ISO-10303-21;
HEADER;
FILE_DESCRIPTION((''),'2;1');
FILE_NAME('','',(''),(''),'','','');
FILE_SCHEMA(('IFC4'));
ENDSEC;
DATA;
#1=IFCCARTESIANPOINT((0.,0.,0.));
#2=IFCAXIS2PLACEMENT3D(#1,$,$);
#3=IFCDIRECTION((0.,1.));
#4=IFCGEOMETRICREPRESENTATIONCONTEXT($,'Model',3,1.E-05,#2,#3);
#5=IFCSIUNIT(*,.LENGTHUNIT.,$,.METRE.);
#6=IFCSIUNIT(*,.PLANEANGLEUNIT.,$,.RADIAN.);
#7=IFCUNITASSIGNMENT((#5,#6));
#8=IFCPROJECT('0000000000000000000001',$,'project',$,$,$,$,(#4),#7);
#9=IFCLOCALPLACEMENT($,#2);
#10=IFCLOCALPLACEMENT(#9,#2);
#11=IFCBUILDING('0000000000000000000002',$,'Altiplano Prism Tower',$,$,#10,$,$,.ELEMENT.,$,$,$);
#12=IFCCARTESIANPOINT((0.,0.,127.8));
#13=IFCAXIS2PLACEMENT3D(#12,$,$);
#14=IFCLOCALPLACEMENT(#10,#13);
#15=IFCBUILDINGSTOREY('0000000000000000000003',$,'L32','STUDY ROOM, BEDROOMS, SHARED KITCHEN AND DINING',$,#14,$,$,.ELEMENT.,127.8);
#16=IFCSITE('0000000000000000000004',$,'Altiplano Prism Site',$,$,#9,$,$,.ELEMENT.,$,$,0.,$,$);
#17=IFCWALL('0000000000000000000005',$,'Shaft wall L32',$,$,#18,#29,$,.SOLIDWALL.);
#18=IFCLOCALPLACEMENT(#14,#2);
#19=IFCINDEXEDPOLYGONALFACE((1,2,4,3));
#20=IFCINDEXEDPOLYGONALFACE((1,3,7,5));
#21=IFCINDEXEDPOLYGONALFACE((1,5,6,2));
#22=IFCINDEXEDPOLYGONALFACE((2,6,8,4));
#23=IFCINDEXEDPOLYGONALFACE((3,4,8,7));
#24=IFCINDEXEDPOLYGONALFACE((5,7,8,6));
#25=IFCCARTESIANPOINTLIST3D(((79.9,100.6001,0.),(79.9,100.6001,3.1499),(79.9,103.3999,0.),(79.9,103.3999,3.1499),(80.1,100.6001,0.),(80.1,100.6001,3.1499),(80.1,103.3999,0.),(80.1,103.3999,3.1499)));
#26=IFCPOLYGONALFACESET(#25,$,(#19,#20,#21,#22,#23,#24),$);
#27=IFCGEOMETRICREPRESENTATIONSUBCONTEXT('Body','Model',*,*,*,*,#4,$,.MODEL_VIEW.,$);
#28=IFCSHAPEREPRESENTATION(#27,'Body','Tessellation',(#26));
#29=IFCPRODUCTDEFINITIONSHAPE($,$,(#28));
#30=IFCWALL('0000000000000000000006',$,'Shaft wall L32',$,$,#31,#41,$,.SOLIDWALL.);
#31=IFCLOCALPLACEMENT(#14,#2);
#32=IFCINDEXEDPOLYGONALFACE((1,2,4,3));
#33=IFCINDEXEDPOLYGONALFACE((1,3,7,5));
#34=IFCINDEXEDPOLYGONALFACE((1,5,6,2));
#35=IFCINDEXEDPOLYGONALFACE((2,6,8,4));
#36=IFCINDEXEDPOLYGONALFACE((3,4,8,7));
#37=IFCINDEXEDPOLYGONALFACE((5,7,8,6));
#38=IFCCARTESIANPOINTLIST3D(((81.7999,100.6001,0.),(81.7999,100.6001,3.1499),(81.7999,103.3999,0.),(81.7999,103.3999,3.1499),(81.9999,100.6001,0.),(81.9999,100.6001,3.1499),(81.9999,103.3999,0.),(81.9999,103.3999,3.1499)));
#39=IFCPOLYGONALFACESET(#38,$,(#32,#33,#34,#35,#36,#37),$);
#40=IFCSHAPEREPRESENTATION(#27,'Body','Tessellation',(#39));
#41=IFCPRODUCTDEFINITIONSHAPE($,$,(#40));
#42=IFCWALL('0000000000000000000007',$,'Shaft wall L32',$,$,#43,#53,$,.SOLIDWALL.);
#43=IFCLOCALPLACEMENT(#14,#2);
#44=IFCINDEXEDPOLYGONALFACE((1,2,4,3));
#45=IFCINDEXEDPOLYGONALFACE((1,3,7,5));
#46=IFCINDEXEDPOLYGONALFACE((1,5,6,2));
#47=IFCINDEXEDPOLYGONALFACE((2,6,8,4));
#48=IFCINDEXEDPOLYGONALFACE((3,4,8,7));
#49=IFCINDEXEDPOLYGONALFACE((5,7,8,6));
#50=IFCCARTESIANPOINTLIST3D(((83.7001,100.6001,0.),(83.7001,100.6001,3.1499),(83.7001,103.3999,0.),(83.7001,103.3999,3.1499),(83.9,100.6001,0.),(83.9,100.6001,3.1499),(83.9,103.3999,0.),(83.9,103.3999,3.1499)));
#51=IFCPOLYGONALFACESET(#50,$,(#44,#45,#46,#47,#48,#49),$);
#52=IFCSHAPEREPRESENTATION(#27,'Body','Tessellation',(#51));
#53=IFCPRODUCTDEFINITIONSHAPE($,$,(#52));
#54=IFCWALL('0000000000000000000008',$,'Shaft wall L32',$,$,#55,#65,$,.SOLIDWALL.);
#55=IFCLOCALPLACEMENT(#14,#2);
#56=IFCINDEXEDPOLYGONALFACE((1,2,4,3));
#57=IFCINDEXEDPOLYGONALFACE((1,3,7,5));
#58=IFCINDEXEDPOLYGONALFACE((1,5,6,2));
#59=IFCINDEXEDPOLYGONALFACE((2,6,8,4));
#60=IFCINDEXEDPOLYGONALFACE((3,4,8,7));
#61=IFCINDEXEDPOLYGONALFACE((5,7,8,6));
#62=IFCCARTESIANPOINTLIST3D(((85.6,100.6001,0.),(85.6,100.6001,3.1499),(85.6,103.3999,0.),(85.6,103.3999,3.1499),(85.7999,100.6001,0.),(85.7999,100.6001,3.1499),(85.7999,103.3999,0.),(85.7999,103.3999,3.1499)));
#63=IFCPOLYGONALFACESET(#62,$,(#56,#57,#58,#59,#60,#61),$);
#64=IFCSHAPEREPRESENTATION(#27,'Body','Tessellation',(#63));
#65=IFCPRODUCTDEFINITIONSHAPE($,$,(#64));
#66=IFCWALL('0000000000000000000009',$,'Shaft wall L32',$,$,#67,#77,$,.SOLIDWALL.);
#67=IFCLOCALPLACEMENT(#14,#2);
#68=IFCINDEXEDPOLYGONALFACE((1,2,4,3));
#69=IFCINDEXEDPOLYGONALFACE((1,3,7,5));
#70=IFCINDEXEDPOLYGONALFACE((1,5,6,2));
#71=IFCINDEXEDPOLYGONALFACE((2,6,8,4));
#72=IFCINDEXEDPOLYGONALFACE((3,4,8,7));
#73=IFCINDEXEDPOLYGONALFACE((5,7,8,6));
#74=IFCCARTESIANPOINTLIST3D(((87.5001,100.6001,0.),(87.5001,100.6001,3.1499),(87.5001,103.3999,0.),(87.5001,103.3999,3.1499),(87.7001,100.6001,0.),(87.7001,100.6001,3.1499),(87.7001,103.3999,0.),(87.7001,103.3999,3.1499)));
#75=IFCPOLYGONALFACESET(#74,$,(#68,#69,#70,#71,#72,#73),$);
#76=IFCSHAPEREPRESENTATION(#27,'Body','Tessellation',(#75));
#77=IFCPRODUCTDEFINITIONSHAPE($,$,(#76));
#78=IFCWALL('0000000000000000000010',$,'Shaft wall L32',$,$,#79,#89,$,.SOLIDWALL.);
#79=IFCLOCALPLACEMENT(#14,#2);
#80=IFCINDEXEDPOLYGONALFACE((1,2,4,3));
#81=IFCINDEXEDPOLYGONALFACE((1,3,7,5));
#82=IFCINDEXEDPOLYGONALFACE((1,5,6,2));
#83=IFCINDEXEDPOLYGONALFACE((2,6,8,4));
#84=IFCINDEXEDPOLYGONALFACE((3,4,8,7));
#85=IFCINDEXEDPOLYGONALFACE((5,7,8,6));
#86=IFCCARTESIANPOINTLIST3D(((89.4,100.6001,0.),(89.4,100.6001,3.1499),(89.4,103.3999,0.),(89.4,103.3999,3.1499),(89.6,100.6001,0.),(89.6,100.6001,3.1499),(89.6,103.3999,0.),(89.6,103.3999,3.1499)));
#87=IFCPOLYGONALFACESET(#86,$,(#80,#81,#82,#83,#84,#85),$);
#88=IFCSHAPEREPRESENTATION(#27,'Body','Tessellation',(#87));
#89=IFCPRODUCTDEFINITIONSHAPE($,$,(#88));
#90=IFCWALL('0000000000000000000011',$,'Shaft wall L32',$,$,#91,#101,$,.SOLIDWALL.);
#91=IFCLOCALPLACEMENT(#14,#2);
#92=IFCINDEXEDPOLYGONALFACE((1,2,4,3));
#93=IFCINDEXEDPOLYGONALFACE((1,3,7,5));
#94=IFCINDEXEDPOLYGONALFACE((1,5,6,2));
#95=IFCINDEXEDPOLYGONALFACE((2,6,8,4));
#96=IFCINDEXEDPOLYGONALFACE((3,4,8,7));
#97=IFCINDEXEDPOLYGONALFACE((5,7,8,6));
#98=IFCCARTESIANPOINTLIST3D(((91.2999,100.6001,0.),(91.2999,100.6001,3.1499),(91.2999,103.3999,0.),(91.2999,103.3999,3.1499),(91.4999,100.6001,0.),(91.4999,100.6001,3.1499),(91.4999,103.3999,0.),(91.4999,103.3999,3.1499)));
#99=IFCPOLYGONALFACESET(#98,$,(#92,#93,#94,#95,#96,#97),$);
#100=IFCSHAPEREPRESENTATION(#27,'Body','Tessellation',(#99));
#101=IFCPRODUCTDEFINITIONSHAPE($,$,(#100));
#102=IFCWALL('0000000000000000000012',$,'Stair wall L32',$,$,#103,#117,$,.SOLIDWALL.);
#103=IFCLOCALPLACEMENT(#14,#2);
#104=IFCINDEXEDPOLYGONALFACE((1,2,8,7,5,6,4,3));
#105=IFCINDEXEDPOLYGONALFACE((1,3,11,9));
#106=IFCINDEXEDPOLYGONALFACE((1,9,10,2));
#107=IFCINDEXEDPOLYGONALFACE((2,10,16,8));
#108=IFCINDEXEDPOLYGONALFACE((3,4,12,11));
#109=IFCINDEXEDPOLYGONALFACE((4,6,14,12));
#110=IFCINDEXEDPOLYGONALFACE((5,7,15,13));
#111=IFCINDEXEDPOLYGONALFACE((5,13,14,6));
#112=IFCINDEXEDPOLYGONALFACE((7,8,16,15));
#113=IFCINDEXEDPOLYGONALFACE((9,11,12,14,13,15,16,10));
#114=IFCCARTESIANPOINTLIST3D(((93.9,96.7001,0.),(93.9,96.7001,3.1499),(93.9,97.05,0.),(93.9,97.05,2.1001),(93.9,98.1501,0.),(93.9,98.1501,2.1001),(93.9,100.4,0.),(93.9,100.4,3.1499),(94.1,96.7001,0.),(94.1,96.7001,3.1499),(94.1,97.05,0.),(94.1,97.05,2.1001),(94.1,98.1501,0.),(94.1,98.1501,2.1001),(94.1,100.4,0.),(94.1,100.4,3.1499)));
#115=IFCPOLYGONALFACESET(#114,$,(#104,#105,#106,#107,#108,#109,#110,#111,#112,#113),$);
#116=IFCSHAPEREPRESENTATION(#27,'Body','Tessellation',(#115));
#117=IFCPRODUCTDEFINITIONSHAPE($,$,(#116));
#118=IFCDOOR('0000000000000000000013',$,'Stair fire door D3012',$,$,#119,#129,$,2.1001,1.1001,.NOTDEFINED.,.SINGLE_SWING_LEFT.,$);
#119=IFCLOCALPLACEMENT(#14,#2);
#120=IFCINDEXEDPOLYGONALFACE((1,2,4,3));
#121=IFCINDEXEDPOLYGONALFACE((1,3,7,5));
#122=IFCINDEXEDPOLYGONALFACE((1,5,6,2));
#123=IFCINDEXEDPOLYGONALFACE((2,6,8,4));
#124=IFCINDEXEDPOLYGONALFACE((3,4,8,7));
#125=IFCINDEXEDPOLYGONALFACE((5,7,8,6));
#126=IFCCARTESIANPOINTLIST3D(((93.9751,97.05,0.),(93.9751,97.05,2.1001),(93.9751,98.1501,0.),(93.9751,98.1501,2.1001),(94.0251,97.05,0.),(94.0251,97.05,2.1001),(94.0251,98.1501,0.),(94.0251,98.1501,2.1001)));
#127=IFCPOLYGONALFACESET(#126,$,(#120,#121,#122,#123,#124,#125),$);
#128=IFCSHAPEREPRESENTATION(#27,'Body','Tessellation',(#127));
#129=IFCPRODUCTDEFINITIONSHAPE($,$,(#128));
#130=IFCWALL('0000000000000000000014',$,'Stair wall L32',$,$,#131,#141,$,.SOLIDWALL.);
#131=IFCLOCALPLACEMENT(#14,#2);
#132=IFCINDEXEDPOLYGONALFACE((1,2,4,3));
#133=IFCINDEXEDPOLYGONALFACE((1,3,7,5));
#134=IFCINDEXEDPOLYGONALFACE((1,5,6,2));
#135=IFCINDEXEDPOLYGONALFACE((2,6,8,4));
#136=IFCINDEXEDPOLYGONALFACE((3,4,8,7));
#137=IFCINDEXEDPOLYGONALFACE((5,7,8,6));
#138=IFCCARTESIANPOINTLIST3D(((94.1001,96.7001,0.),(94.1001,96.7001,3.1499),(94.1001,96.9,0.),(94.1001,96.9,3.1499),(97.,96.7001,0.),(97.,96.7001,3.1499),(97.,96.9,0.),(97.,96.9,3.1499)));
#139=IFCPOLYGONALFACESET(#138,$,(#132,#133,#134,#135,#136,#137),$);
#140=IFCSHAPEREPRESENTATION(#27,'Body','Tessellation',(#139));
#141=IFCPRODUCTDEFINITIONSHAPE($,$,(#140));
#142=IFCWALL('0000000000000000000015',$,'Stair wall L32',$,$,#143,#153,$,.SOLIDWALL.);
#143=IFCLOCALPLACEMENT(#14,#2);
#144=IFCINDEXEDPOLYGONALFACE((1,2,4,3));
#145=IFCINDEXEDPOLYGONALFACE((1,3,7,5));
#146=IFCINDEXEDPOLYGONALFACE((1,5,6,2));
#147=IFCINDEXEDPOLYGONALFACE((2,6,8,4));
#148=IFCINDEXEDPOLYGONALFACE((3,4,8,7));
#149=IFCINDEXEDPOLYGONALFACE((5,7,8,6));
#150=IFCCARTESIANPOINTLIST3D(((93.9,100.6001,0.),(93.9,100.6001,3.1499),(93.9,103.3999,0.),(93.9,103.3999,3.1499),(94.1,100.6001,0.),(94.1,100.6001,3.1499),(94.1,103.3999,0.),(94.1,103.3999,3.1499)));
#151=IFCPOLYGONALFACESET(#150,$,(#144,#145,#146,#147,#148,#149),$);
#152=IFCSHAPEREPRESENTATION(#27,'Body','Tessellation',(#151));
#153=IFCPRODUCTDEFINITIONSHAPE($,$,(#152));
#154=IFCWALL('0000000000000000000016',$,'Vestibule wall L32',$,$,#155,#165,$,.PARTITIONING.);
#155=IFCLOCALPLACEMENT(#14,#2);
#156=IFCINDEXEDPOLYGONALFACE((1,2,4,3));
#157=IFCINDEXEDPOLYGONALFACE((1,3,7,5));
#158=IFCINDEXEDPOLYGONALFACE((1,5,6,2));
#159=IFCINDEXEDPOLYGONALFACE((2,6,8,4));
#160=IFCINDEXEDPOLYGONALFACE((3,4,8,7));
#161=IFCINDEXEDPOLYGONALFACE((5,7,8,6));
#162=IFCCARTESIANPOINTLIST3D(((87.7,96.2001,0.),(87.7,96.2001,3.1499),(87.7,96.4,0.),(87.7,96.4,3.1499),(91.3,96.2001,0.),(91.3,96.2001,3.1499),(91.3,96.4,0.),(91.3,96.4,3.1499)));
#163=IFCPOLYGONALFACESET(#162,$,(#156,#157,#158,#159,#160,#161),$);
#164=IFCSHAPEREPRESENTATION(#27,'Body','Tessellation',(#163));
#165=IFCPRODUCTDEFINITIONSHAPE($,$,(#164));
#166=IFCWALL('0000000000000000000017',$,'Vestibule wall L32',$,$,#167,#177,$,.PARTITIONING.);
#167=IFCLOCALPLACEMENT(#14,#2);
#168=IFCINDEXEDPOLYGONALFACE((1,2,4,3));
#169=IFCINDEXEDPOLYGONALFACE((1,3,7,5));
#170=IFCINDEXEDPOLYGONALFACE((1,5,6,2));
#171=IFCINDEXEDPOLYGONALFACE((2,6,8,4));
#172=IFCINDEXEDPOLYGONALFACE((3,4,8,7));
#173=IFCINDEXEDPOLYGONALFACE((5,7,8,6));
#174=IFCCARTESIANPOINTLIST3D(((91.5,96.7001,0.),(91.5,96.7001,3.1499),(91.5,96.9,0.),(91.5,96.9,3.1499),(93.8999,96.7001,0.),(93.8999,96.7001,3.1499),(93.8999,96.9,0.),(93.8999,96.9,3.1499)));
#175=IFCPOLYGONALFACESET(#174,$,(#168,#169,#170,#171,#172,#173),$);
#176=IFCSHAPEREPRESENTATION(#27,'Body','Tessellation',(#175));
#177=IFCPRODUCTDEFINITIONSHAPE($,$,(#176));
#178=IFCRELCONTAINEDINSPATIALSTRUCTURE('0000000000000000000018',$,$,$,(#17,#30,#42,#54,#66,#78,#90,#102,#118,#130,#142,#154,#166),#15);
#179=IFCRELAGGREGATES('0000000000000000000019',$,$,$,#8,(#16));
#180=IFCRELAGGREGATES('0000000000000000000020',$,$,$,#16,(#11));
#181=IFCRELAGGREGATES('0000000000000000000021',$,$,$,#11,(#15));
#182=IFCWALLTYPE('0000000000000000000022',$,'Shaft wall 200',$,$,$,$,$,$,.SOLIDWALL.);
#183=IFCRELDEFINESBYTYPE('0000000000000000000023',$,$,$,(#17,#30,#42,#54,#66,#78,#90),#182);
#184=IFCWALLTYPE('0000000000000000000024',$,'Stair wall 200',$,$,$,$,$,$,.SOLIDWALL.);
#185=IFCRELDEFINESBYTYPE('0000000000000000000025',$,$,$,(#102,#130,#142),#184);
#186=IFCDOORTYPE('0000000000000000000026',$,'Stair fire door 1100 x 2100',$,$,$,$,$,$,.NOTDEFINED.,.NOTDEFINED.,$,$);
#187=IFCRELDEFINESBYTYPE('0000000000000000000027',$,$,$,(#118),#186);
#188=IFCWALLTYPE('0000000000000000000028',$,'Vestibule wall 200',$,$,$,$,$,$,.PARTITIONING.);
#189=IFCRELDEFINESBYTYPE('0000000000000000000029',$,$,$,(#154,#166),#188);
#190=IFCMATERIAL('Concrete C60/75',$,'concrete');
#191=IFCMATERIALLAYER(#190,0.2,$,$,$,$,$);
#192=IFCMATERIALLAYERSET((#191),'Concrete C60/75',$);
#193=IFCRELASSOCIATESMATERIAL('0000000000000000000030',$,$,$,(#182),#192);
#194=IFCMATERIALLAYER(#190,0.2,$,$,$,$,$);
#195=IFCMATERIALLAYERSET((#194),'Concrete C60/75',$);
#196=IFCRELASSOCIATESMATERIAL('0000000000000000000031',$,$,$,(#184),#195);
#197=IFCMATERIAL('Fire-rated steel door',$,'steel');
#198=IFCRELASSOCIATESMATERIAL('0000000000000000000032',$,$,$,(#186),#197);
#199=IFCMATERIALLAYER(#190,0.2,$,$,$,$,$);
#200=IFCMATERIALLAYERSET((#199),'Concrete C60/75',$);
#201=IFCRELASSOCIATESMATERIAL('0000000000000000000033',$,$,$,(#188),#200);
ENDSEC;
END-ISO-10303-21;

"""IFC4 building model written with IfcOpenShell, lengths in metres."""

from ifc_helpers import new_model, si_unit, direction, frame, frame_2d, origin, place, context, subcontext, project, spatial, rectangle, extrude, material, layer, layer_set, type_object, element, fill, save


model = new_model("IFC4")

# Units and contexts
model_context = context("Model", 3, precision=1e-05, world=origin(), true_north=direction((0.0, 1.0)))
body_context = subcontext(model_context, "Body", "Model", "MODEL_VIEW")
ifc_project = project(units=[si_unit("LENGTHUNIT", "METRE"), si_unit("PLANEANGLEUNIT", "RADIAN")], contexts=[model_context])

# Site, building, storey
site_placement = place(None, origin())
site = spatial("IfcSite", under=ifc_project, at=site_placement, Name="Altiplano Prism Site", CompositionType="ELEMENT", RefElevation=0.0)
building_placement = place(site_placement, origin())
building = spatial("IfcBuilding", under=site, at=building_placement, Name="Altiplano Prism Tower", CompositionType="ELEMENT")
storey_placement = place(building_placement, frame((0.0, 0.0, 127.8)))
storey = spatial("IfcBuildingStorey", under=building, at=storey_placement, Name="L32", Description="STUDY ROOM, BEDROOMS, SHARED KITCHEN AND DINING", CompositionType="ELEMENT", Elevation=127.8)

# Walls
ifc_material_1 = material(Name="Concrete C60/75", Category="concrete")
ifc_layer_1 = layer(ifc_material_1, 0.2)
ifc_layer_set_1 = layer_set([ifc_layer_1], Name="Concrete C60/75")
wall_type_1 = type_object("IfcWallType", Name="Shaft wall 200", PredefinedType="SOLIDWALL", material=ifc_layer_set_1)
for number, where, z_axis, x_axis, name in (
    (1, (80.0, 100.6001, 0.0), (0.0, 0.0, 1.0), (0.0, 1.0, 0.0), "Shaft wall L32"),
    (2, (81.8999, 100.6001, 0.0), (0.0, 0.0, 1.0), (0.0, 1.0, 0.0), "Shaft wall L32"),
    (3, (83.8, 100.6001, 0.0), (0.0, 0.0, 1.0), (0.0, 1.0, 0.0), "Shaft wall L32"),
    (4, (85.7, 100.6001, 0.0), (0.0, 0.0, 1.0), (0.0, 1.0, 0.0), "Shaft wall L32"),
    (5, (87.6001, 100.6001, 0.0), (0.0, 0.0, 1.0), (0.0, 1.0, 0.0), "Shaft wall L32"),
    (6, (89.5, 100.6001, 0.0), (0.0, 0.0, 1.0), (0.0, 1.0, 0.0), "Shaft wall L32"),
    (7, (91.3999, 100.6001, 0.0), (0.0, 0.0, 1.0), (0.0, 1.0, 0.0), "Shaft wall L32"),
):
    element("IfcWall", number, at=place(storey_placement, frame(where, z_axis=z_axis, x_axis=x_axis)), inside=storey, type_object=wall_type_1, Name=name, PredefinedType="SOLIDWALL", context=body_context, shape_type="SweptSolid", body=[
        extrude(rectangle(XDim=2.7998, YDim=0.2, at=frame_2d((1.3999, 0.0))), origin(), (0.0, 0.0, 1.0), 3.1499),
    ])

# Wall, opening, door
ifc_layer_2 = layer(ifc_material_1, 0.2)
ifc_layer_set_2 = layer_set([ifc_layer_2], Name="Concrete C60/75")
wall_type_2 = type_object("IfcWallType", Name="Stair wall 200", PredefinedType="SOLIDWALL", material=ifc_layer_set_2)
wall_1_placement = place(storey_placement, frame((94.0, 96.7, 0.0), z_axis=(0.0, 0.0, 1.0), x_axis=(0.0, 1.0, 0.0)))
wall_1 = element("IfcWall", 8, at=wall_1_placement, inside=storey, type_object=wall_type_2, Name="Stair wall L32", PredefinedType="SOLIDWALL", context=body_context, shape_type="SweptSolid", body=[
    extrude(rectangle(XDim=3.7, YDim=0.2, at=frame_2d((1.8501, 0.0))), origin(), (0.0, 0.0, 1.0), 3.1499),
])
opening_placement = place(wall_1_placement, frame((0.3501, 0.0, 0.0)))
opening = element("IfcOpeningElement", 9, at=opening_placement, cuts=wall_1, PredefinedType="OPENING", context=body_context, shape_type="SweptSolid", body=[
    extrude(rectangle(XDim=1.1001, YDim=2.1001, at=frame_2d((0.55, 1.05))), frame((0.0, 0.1104, 0.0), z_axis=(0.0, -1.0, 0.0), x_axis=(1.0, 0.0, 0.0)), (0.0, 0.0, 1.0), 0.2209),
])
ifc_material_2 = material(Name="Fire-rated steel door", Category="steel")
door_type = type_object("IfcDoorType", Name="Stair fire door 1100 x 2100", OperationType="NOTDEFINED", PredefinedType="NOTDEFINED", material=ifc_material_2)
door_placement = place(opening_placement, origin())
door = element("IfcDoor", 10, at=door_placement, inside=storey, type_object=door_type, Name="Stair fire door D3012", OperationType="SINGLE_SWING_LEFT", OverallHeight=2.1001, OverallWidth=1.1001, PredefinedType="NOTDEFINED", context=body_context, shape_type="SweptSolid", body=[
    extrude(rectangle(XDim=1.1001, YDim=2.1001, at=frame_2d((0.55, 1.05))), frame((0.0, 0.0249, 0.0), z_axis=(0.0, -1.0, 0.0), x_axis=(1.0, 0.0, 0.0)), (0.0, 0.0, 1.0), 0.05),
])
fill(opening, door)

# Walls
wall_2_placement = place(storey_placement, frame((94.1001, 96.8, 0.0), z_axis=(0.0, 0.0, 1.0), x_axis=(1.0, 0.0, 0.0)))
element("IfcWall", 11, at=wall_2_placement, inside=storey, type_object=wall_type_2, Name="Stair wall L32", PredefinedType="SOLIDWALL", context=body_context, shape_type="SweptSolid", body=[
    extrude(rectangle(XDim=2.8999, YDim=0.2, at=frame_2d((1.45, 0.0))), origin(), (0.0, 0.0, 1.0), 3.1499),
])
wall_3_placement = place(storey_placement, frame((94.0, 100.6001, 0.0), z_axis=(0.0, 0.0, 1.0), x_axis=(0.0, 1.0, 0.0)))
element("IfcWall", 12, at=wall_3_placement, inside=storey, type_object=wall_type_2, Name="Stair wall L32", PredefinedType="SOLIDWALL", context=body_context, shape_type="SweptSolid", body=[
    extrude(rectangle(XDim=2.7998, YDim=0.2, at=frame_2d((1.3999, 0.0))), origin(), (0.0, 0.0, 1.0), 3.1499),
])
ifc_layer_3 = layer(ifc_material_1, 0.2)
ifc_layer_set_3 = layer_set([ifc_layer_3], Name="Concrete C60/75")
wall_type_3 = type_object("IfcWallType", Name="Vestibule wall 200", PredefinedType="PARTITIONING", material=ifc_layer_set_3)
wall_4_placement = place(storey_placement, frame((87.7, 96.3, 0.0), z_axis=(0.0, 0.0, 1.0), x_axis=(1.0, 0.0, 0.0)))
element("IfcWall", 13, at=wall_4_placement, inside=storey, type_object=wall_type_3, Name="Vestibule wall L32", PredefinedType="PARTITIONING", context=body_context, shape_type="SweptSolid", body=[
    extrude(rectangle(XDim=3.6001, YDim=0.2, at=frame_2d((1.8, 0.0))), origin(), (0.0, 0.0, 1.0), 3.1499),
])
wall_5_placement = place(storey_placement, frame((91.5, 96.8, 0.0), z_axis=(0.0, 0.0, 1.0), x_axis=(1.0, 0.0, 0.0)))
element("IfcWall", 14, at=wall_5_placement, inside=storey, type_object=wall_type_3, Name="Vestibule wall L32", PredefinedType="PARTITIONING", context=body_context, shape_type="SweptSolid", body=[
    extrude(rectangle(XDim=2.3999, YDim=0.2, at=frame_2d((1.2, 0.0))), origin(), (0.0, 0.0, 1.0), 3.1499),
])

save(model, "model.ifc")
